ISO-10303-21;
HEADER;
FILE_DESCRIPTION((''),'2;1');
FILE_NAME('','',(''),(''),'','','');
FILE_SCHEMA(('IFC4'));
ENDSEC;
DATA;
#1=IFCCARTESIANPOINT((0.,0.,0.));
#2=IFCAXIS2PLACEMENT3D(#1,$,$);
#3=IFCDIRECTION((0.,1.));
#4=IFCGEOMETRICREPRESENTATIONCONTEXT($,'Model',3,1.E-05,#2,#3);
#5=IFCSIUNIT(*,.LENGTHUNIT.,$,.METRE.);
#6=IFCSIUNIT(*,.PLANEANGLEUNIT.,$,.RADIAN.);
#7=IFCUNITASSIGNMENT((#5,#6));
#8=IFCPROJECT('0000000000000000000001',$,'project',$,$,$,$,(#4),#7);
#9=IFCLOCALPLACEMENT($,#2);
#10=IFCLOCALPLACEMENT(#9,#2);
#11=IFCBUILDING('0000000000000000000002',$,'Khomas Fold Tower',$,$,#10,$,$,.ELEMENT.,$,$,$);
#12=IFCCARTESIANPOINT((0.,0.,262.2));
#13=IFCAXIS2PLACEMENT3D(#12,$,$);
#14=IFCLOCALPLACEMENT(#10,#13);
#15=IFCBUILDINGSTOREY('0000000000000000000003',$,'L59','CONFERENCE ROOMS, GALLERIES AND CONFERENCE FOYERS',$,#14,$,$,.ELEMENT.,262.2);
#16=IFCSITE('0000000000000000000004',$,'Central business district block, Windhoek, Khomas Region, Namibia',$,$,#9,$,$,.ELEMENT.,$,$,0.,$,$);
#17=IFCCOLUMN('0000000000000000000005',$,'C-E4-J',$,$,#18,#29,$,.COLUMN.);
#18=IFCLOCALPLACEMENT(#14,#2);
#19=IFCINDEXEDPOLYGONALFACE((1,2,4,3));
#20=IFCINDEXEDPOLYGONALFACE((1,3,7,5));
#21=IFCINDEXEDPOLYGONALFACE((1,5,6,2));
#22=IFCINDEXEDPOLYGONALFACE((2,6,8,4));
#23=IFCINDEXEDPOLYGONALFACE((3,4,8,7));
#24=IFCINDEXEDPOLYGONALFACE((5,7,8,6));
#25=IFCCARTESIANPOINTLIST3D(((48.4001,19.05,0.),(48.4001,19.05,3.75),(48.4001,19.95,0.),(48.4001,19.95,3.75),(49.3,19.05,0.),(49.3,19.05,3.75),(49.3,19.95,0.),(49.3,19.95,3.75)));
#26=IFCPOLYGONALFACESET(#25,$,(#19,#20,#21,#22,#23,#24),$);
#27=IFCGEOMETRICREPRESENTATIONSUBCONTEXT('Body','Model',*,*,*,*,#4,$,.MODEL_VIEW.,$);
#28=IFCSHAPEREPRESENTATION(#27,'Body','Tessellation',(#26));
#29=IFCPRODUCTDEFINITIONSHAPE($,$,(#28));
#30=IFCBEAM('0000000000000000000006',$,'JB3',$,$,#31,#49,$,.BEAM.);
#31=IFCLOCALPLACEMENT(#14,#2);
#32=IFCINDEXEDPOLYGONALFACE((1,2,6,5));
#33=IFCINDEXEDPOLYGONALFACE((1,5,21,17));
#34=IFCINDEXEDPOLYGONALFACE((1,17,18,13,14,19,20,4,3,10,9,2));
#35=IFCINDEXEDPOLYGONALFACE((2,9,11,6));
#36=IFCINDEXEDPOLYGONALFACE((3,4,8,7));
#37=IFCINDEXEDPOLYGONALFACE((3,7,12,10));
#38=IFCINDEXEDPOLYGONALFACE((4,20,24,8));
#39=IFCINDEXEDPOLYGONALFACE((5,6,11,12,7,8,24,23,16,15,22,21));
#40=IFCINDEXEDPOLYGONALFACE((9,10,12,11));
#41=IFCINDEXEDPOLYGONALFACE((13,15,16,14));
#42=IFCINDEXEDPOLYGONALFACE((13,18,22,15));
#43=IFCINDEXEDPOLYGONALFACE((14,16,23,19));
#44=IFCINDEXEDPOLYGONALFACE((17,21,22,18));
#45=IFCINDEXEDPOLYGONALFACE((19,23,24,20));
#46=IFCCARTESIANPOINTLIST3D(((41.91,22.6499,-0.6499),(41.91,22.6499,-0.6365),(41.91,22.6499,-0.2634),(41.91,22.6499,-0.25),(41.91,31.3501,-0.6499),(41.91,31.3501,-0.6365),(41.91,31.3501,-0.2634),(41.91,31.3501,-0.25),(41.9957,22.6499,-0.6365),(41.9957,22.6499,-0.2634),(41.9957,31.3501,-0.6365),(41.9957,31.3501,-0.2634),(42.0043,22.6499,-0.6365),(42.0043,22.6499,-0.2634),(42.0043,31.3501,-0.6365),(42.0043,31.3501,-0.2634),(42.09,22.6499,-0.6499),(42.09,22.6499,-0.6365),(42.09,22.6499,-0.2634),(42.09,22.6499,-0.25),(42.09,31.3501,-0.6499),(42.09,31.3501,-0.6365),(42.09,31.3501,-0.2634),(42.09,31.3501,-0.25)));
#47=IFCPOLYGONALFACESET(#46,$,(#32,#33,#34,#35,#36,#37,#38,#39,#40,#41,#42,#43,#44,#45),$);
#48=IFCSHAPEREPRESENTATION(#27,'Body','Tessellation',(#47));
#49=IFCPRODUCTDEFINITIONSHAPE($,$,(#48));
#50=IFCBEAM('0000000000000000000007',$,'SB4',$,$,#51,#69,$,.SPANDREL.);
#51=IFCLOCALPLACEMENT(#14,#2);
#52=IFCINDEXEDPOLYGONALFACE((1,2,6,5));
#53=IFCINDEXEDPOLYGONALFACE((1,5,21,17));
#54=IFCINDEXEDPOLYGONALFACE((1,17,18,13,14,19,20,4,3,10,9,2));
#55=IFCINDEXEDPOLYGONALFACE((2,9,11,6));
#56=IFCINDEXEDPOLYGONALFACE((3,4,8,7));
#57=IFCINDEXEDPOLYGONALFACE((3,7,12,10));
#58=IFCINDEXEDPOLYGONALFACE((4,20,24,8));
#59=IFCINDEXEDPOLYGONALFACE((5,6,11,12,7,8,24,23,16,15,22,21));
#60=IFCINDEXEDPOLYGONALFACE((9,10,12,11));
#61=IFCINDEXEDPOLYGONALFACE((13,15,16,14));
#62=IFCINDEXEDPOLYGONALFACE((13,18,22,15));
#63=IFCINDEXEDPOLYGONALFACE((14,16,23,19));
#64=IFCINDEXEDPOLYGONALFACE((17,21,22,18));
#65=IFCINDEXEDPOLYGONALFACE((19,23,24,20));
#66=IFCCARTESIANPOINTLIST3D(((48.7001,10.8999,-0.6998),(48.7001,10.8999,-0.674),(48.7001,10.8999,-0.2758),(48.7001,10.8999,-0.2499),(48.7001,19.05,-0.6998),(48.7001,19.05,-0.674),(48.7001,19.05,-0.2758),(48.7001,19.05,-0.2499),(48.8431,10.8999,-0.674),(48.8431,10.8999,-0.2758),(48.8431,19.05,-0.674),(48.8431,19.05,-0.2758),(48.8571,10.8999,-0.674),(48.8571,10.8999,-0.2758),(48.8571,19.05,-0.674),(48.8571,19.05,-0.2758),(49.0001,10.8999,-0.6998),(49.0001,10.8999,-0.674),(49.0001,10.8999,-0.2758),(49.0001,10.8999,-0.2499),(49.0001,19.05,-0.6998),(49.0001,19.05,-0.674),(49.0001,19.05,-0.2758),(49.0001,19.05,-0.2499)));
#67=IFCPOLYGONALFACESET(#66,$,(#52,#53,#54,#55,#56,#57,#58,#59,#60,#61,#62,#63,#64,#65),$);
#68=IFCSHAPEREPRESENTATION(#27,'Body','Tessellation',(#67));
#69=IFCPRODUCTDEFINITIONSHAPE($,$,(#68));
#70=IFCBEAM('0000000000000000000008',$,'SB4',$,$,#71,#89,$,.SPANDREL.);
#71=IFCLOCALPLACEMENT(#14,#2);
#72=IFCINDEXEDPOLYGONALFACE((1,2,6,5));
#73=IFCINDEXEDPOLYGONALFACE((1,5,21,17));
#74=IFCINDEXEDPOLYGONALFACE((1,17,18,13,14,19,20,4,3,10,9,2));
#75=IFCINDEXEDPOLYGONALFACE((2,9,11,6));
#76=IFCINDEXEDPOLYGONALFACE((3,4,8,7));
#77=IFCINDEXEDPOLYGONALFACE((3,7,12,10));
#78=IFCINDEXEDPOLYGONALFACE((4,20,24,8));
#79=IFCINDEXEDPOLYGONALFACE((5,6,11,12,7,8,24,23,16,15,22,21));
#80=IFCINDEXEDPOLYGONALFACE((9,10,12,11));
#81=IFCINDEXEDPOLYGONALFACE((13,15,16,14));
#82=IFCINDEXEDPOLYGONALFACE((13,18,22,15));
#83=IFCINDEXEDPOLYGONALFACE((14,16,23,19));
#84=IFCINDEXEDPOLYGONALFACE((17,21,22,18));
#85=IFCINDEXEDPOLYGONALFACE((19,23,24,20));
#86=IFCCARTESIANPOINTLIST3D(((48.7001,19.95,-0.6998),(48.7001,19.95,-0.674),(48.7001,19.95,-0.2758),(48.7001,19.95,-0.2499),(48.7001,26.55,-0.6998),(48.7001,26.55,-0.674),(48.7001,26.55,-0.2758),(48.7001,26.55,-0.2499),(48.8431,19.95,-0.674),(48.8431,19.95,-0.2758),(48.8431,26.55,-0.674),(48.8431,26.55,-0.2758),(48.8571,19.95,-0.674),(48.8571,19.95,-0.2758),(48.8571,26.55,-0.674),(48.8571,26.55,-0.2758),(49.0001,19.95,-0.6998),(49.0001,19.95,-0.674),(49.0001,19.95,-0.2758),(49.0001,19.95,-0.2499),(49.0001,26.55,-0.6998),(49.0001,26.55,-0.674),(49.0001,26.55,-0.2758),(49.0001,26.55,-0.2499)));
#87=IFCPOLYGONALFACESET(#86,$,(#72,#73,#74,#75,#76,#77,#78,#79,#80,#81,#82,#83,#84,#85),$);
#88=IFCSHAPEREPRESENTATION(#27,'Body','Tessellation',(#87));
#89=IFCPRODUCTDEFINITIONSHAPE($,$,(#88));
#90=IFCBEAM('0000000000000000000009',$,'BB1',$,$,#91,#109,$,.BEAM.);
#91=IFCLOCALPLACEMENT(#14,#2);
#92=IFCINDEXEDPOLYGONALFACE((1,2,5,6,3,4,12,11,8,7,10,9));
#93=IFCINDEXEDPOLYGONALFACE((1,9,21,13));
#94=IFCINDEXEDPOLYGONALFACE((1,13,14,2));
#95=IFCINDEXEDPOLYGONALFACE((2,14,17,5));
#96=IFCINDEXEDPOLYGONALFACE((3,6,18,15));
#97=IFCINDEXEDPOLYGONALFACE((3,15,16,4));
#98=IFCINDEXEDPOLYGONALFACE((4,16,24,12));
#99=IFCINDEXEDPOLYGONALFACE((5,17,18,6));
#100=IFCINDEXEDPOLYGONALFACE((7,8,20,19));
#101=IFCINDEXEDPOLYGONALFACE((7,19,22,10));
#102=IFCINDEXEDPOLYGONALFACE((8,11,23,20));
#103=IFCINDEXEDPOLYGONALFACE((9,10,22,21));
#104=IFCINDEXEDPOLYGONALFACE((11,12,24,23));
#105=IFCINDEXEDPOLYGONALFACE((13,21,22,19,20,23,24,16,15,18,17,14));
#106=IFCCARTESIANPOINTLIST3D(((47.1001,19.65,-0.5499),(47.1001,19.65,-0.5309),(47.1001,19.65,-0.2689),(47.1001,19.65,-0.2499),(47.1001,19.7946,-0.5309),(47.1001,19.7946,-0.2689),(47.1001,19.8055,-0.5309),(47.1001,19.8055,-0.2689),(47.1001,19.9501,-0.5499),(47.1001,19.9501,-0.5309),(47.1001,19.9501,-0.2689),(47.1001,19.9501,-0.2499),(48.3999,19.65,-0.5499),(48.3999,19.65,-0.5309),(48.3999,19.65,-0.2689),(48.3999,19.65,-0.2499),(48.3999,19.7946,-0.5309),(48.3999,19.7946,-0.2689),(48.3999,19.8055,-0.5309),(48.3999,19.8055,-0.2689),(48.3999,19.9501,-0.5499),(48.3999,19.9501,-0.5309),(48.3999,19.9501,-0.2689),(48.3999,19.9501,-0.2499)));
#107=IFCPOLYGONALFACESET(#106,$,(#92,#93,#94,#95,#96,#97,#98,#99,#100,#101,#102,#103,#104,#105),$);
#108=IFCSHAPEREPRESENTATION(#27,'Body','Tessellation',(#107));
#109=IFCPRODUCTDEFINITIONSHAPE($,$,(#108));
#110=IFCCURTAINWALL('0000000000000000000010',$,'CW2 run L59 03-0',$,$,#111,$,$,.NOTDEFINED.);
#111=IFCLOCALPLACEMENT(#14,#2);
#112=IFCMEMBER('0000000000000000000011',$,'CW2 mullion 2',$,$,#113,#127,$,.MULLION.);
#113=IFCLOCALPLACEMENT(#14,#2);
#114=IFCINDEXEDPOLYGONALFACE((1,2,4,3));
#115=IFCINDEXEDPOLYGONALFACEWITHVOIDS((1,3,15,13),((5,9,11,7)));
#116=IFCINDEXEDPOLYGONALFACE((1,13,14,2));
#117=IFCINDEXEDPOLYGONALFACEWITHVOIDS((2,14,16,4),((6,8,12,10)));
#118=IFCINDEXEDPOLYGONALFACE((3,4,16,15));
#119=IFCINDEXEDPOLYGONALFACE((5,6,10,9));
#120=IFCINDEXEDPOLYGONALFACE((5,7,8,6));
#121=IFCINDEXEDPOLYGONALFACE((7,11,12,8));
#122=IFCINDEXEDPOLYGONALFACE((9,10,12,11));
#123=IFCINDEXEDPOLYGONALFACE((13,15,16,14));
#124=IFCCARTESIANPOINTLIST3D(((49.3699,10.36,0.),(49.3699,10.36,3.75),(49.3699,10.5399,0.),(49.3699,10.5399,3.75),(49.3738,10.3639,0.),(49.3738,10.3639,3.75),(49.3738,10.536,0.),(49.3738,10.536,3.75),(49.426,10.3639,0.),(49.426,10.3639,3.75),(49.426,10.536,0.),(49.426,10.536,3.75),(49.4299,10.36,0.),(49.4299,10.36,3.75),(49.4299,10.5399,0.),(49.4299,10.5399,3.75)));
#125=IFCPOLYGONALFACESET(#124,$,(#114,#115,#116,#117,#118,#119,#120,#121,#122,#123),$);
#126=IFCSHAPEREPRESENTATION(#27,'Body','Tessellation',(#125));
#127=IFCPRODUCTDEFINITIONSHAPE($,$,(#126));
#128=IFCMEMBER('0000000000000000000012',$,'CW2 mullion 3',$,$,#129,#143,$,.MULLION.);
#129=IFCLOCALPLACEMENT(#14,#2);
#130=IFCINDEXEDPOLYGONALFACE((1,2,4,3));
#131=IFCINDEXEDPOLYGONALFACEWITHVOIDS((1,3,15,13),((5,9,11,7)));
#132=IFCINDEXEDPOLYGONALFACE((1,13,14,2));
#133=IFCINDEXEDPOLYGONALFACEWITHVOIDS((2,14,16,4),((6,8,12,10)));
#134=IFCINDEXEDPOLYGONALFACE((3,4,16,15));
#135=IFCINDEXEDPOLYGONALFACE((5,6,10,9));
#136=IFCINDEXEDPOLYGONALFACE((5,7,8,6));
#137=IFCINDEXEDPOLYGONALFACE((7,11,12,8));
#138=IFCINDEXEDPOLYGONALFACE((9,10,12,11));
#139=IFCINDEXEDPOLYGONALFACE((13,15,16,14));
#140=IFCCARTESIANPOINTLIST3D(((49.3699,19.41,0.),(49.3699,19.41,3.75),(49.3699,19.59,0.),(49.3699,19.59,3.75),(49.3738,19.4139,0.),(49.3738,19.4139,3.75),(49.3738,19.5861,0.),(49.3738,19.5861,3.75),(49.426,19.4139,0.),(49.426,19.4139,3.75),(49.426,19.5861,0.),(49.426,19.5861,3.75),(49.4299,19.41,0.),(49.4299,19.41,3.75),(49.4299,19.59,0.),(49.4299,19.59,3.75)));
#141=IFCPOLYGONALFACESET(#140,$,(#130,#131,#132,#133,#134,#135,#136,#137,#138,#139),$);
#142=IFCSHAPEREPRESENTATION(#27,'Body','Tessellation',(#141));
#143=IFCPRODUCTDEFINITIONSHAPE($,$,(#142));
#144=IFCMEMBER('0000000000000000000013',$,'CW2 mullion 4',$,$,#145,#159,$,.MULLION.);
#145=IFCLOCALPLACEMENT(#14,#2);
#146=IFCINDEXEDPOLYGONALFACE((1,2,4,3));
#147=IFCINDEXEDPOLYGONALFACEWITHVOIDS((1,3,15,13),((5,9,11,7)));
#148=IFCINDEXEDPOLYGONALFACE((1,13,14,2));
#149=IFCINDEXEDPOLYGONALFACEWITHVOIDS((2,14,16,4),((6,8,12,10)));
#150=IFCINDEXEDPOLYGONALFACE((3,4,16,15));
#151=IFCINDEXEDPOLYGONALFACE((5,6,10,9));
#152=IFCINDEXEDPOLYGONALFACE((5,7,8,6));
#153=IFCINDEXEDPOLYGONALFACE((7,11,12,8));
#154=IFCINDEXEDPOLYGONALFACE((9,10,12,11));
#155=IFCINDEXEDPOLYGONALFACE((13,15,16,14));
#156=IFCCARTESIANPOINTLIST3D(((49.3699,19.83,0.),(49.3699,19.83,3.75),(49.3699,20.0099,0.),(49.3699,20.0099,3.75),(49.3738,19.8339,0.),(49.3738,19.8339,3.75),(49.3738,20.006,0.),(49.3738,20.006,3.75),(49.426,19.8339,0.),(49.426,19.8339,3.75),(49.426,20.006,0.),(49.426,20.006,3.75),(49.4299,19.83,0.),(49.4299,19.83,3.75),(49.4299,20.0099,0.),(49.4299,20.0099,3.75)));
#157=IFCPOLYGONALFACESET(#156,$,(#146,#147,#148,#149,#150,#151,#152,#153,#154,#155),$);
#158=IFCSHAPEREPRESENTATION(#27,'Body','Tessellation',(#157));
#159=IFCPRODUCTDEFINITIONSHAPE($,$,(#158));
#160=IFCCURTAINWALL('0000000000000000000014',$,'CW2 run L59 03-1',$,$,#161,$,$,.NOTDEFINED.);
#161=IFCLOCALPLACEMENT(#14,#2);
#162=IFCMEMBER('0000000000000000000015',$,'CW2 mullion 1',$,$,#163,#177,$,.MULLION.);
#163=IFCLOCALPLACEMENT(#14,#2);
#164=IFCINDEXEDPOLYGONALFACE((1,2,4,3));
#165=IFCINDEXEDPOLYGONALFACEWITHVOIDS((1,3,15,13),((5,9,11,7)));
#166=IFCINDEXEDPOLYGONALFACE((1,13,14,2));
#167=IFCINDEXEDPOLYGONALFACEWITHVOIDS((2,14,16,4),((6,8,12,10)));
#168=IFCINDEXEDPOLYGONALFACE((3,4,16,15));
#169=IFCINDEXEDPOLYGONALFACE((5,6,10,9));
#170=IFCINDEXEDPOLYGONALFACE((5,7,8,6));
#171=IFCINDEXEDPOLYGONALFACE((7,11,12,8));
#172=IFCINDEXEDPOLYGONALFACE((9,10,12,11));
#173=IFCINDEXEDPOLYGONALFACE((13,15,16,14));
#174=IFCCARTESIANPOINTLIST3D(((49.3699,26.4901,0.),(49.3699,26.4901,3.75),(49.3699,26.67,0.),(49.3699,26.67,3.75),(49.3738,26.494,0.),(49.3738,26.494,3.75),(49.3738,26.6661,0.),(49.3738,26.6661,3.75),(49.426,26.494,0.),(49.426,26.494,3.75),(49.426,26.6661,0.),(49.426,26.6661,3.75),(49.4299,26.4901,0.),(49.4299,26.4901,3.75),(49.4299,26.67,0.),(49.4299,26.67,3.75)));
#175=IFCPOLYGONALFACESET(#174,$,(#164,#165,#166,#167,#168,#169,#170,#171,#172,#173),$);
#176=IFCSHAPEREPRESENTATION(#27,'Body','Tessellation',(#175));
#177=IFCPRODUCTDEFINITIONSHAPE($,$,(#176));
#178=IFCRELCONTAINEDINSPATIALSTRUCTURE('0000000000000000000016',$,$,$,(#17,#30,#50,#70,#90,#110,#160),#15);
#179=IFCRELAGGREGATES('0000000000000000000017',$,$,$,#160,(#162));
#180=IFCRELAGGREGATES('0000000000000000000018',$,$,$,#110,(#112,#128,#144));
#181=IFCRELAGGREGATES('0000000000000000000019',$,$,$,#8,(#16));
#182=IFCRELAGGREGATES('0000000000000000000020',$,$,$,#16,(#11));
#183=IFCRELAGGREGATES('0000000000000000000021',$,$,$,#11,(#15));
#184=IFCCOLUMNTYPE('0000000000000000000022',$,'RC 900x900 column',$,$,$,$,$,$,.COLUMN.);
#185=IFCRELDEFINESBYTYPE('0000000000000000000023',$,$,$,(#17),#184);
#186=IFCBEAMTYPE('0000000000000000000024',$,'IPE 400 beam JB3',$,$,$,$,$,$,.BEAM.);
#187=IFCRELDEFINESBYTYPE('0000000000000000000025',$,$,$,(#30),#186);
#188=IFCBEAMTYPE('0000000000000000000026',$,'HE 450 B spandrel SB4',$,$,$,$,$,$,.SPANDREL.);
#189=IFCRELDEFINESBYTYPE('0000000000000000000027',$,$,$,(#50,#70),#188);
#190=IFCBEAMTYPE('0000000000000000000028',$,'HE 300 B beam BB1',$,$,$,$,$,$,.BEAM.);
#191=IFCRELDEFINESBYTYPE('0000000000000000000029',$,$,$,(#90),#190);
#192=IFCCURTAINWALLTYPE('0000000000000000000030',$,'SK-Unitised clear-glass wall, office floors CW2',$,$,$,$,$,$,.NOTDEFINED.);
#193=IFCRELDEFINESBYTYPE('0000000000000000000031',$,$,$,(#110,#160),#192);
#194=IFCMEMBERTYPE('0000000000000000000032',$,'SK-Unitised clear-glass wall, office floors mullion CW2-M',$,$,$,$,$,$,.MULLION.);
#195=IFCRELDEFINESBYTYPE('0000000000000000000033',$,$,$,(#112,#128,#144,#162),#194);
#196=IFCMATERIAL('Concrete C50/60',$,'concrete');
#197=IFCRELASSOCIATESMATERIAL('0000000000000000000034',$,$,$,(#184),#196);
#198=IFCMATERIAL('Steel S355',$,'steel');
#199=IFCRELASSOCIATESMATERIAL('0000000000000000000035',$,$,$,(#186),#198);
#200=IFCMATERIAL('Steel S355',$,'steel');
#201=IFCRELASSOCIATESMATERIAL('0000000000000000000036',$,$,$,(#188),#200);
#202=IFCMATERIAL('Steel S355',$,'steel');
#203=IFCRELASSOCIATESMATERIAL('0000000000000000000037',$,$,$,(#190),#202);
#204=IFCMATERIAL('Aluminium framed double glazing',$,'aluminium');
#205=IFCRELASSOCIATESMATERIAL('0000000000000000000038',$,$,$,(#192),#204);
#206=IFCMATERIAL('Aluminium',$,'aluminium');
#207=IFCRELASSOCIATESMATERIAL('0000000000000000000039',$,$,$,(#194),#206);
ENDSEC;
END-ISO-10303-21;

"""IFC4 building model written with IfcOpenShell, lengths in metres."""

from ifc_helpers import new_model, si_unit, direction, frame, origin, origin_2d, place, context, subcontext, project, spatial, rectangle, hollow_rectangle, i_section, extrude, source, transform, mapped, material, material_profile, profile_set, type_object, element, aggregate, save


model = new_model("IFC4")

# Units and contexts
model_context = context("Model", 3, precision=1e-05, world=origin(), true_north=direction((0.0, 1.0)))
body_context = subcontext(model_context, "Body", "Model", "MODEL_VIEW")
ifc_project = project(units=[si_unit("LENGTHUNIT", "METRE"), si_unit("PLANEANGLEUNIT", "RADIAN")], contexts=[model_context])

# Site, building, storey
site_placement = place(None, origin())
site = spatial("IfcSite", under=ifc_project, at=site_placement, Name="Central business district block, Windhoek, Khomas Region, Namibia", CompositionType="ELEMENT", RefElevation=0.0)
building_placement = place(site_placement, origin())
building = spatial("IfcBuilding", under=site, at=building_placement, Name="Khomas Fold Tower", CompositionType="ELEMENT")
storey_placement = place(building_placement, frame((0.0, 0.0, 262.2)))
storey = spatial("IfcBuildingStorey", under=building, at=storey_placement, Name="L59", Description="CONFERENCE ROOMS, GALLERIES AND CONFERENCE FOYERS", CompositionType="ELEMENT", Elevation=262.2)

# Column
ifc_material_1 = material(Name="Concrete C50/60", Category="concrete")
ifc_material_profile_1 = material_profile(ifc_material_1, rectangle(XDim=0.8999, YDim=0.8999, at=origin_2d()), Name="RC 900x900")
ifc_profile_set_1 = profile_set([ifc_material_profile_1], Name="Concrete C50/60")
column_type = type_object("IfcColumnType", Name="RC 900x900 column", PredefinedType="COLUMN", material=ifc_profile_set_1)
shared_shape_1 = source(origin(), body_context, "Body", "SweptSolid", [
    extrude(rectangle(XDim=0.8999, YDim=0.8999, at=origin_2d()), origin(), (0.0, 0.0, 1.0), 3.75),
])
column_placement = place(storey_placement, frame((48.8501, 19.5, 0.0), z_axis=(0.0, 0.0, 1.0), x_axis=(1.0, 0.0, 0.0)))
element("IfcColumn", 1, at=column_placement, inside=storey, type_object=column_type, Name="C-E4-J", PredefinedType="COLUMN", context=body_context, shape_type="MappedRepresentation", body=[
    mapped(shared_shape_1, transform((0.0, 0.0, 0.0))),
])

# Beams
ifc_material_2 = material(Name="Steel S355", Category="steel")
ifc_material_profile_2 = material_profile(ifc_material_2, i_section(OverallWidth=0.1799, OverallDepth=0.3999, WebThickness=0.0085, FlangeThickness=0.0134, at=origin_2d()), Name="IPE 400")
ifc_profile_set_2 = profile_set([ifc_material_profile_2], Name="Steel S355")
beam_type_1 = type_object("IfcBeamType", Name="IPE 400 beam JB3", PredefinedType="BEAM", material=ifc_profile_set_2)
shared_shape_2 = source(origin(), body_context, "Body", "SweptSolid", [
    extrude(i_section(OverallWidth=0.1799, OverallDepth=0.3999, WebThickness=0.0085, FlangeThickness=0.0134, at=origin_2d()), origin(), (0.0, 0.0, 1.0), 8.7002),
])
beam_1_placement = place(storey_placement, frame((42.0, 22.6499, -0.45), z_axis=(0.0, 1.0, 0.0), x_axis=(-1.0, 0.0, 0.0)))
element("IfcBeam", 2, at=beam_1_placement, inside=storey, type_object=beam_type_1, Name="JB3", PredefinedType="BEAM", context=body_context, shape_type="MappedRepresentation", body=[
    mapped(shared_shape_2, transform((0.0, 0.0, 0.0))),
])
ifc_material_3 = material(Name="Steel S355", Category="steel")
ifc_material_profile_3 = material_profile(ifc_material_3, i_section(OverallWidth=0.3, OverallDepth=0.45, WebThickness=0.0139, FlangeThickness=0.0259, at=origin_2d()), Name="HE 450 B")
ifc_profile_set_3 = profile_set([ifc_material_profile_3], Name="Steel S355")
beam_type_2 = type_object("IfcBeamType", Name="HE 450 B spandrel SB4", PredefinedType="SPANDREL", material=ifc_profile_set_3)
shared_shape_3 = source(origin(), body_context, "Body", "SweptSolid", [
    extrude(i_section(OverallWidth=0.3, OverallDepth=0.45, WebThickness=0.0139, FlangeThickness=0.0259, at=origin_2d()), origin(), (0.0, 0.0, 1.0), 8.1501),
])
beam_2_placement = place(storey_placement, frame((48.8501, 10.8999, -0.4749), z_axis=(0.0, 1.0, 0.0), x_axis=(-1.0, 0.0, 0.0)))
element("IfcBeam", 3, at=beam_2_placement, inside=storey, type_object=beam_type_2, Name="SB4", PredefinedType="SPANDREL", context=body_context, shape_type="MappedRepresentation", body=[
    mapped(shared_shape_3, transform((0.0, 0.0, 0.0))),
])
shared_shape_4 = source(origin(), body_context, "Body", "SweptSolid", [
    extrude(i_section(OverallWidth=0.3, OverallDepth=0.45, WebThickness=0.0139, FlangeThickness=0.0259, at=origin_2d()), origin(), (0.0, 0.0, 1.0), 6.6001),
])
beam_3_placement = place(storey_placement, frame((48.8501, 19.95, -0.4749), z_axis=(0.0, 1.0, 0.0), x_axis=(-1.0, 0.0, 0.0)))
element("IfcBeam", 4, at=beam_3_placement, inside=storey, type_object=beam_type_2, Name="SB4", PredefinedType="SPANDREL", context=body_context, shape_type="MappedRepresentation", body=[
    mapped(shared_shape_4, transform((0.0, 0.0, 0.0))),
])
ifc_material_4 = material(Name="Steel S355", Category="steel")
ifc_material_profile_4 = material_profile(ifc_material_4, i_section(OverallWidth=0.3, OverallDepth=0.3, WebThickness=0.011, FlangeThickness=0.019, at=origin_2d()), Name="HE 300 B")
ifc_profile_set_4 = profile_set([ifc_material_profile_4], Name="Steel S355")
beam_type_3 = type_object("IfcBeamType", Name="HE 300 B beam BB1", PredefinedType="BEAM", material=ifc_profile_set_4)
shared_shape_5 = source(origin(), body_context, "Body", "SweptSolid", [
    extrude(i_section(OverallWidth=0.3, OverallDepth=0.3, WebThickness=0.011, FlangeThickness=0.019, at=origin_2d()), origin(), (0.0, 0.0, 1.0), 1.2998),
])
beam_4_placement = place(storey_placement, frame((47.1001, 19.8, -0.3999), z_axis=(1.0, 0.0, 0.0), x_axis=(0.0, 1.0, 0.0)))
element("IfcBeam", 5, at=beam_4_placement, inside=storey, type_object=beam_type_3, Name="BB1", PredefinedType="BEAM", context=body_context, shape_type="MappedRepresentation", body=[
    mapped(shared_shape_5, transform((0.0, 0.0, 0.0))),
])

# Curtain wall, members
ifc_material_5 = material(Name="Aluminium framed double glazing", Category="aluminium")
curtain_wall_type = type_object("IfcCurtainWallType", Name="SK-Unitised clear-glass wall, office floors CW2", PredefinedType="NOTDEFINED", material=ifc_material_5)
curtain_wall_1_placement = place(storey_placement, origin())
curtain_wall_1 = element("IfcCurtainWall", 6, at=curtain_wall_1_placement, inside=storey, type_object=curtain_wall_type, Name="CW2 run L59 03-0", PredefinedType="NOTDEFINED")
ifc_material_6 = material(Name="Aluminium", Category="aluminium")
ifc_material_profile_5 = material_profile(ifc_material_6, hollow_rectangle(XDim=0.0601, YDim=0.1799, WallThickness=0.0039, at=origin_2d()), Name="SK-Unitised clear-glass wall, office floors mullion CW2-M")
ifc_profile_set_5 = profile_set([ifc_material_profile_5], Name="Aluminium")
member_type_1 = type_object("IfcMemberType", Name="SK-Unitised clear-glass wall, office floors mullion CW2-M", PredefinedType="MULLION", material=ifc_profile_set_5)
shared_shape_6 = source(origin(), body_context, "Body", "SweptSolid", [
    extrude(hollow_rectangle(XDim=0.0601, YDim=0.1799, WallThickness=0.0039, at=origin_2d()), origin(), (0.0, 0.0, 1.0), 3.75),
])
member_1_placement = place(storey_placement, frame((49.3999, 10.45, 0.0), z_axis=(0.0, 0.0, 1.0), x_axis=(-1.0, 0.0, 0.0)))
member_1 = element("IfcMember", 7, at=member_1_placement, type_object=member_type_1, Name="CW2 mullion 2", PredefinedType="MULLION", context=body_context, shape_type="MappedRepresentation", body=[
    mapped(shared_shape_6, transform((0.0, 0.0, 0.0))),
])
member_2_placement = place(storey_placement, frame((49.3999, 19.5, 0.0), z_axis=(0.0, 0.0, 1.0), x_axis=(-1.0, 0.0, 0.0)))
member_2 = element("IfcMember", 8, at=member_2_placement, type_object=member_type_1, Name="CW2 mullion 3", PredefinedType="MULLION", context=body_context, shape_type="MappedRepresentation", body=[
    mapped(shared_shape_6, transform((0.0, 0.0, 0.0))),
])
member_3_placement = place(storey_placement, frame((49.3999, 19.9199, 0.0), z_axis=(0.0, 0.0, 1.0), x_axis=(-1.0, 0.0, 0.0)))
member_3 = element("IfcMember", 9, at=member_3_placement, type_object=member_type_1, Name="CW2 mullion 4", PredefinedType="MULLION", context=body_context, shape_type="MappedRepresentation", body=[
    mapped(shared_shape_6, transform((0.0, 0.0, 0.0))),
])

# Curtain wall, member
curtain_wall_2_placement = place(storey_placement, origin())
curtain_wall_2 = element("IfcCurtainWall", 10, at=curtain_wall_2_placement, inside=storey, type_object=curtain_wall_type, Name="CW2 run L59 03-1", PredefinedType="NOTDEFINED")
member_4_placement = place(storey_placement, frame((49.3999, 26.5801, 0.0), z_axis=(0.0, 0.0, 1.0), x_axis=(-1.0, 0.0, 0.0)))
member_4 = element("IfcMember", 11, at=member_4_placement, type_object=member_type_1, Name="CW2 mullion 1", PredefinedType="MULLION", context=body_context, shape_type="MappedRepresentation", body=[
    mapped(shared_shape_6, transform((0.0, 0.0, 0.0))),
])
aggregate(curtain_wall_2, [member_4])

aggregate(curtain_wall_1, [member_1, member_2, member_3])

save(model, "model.ifc")
